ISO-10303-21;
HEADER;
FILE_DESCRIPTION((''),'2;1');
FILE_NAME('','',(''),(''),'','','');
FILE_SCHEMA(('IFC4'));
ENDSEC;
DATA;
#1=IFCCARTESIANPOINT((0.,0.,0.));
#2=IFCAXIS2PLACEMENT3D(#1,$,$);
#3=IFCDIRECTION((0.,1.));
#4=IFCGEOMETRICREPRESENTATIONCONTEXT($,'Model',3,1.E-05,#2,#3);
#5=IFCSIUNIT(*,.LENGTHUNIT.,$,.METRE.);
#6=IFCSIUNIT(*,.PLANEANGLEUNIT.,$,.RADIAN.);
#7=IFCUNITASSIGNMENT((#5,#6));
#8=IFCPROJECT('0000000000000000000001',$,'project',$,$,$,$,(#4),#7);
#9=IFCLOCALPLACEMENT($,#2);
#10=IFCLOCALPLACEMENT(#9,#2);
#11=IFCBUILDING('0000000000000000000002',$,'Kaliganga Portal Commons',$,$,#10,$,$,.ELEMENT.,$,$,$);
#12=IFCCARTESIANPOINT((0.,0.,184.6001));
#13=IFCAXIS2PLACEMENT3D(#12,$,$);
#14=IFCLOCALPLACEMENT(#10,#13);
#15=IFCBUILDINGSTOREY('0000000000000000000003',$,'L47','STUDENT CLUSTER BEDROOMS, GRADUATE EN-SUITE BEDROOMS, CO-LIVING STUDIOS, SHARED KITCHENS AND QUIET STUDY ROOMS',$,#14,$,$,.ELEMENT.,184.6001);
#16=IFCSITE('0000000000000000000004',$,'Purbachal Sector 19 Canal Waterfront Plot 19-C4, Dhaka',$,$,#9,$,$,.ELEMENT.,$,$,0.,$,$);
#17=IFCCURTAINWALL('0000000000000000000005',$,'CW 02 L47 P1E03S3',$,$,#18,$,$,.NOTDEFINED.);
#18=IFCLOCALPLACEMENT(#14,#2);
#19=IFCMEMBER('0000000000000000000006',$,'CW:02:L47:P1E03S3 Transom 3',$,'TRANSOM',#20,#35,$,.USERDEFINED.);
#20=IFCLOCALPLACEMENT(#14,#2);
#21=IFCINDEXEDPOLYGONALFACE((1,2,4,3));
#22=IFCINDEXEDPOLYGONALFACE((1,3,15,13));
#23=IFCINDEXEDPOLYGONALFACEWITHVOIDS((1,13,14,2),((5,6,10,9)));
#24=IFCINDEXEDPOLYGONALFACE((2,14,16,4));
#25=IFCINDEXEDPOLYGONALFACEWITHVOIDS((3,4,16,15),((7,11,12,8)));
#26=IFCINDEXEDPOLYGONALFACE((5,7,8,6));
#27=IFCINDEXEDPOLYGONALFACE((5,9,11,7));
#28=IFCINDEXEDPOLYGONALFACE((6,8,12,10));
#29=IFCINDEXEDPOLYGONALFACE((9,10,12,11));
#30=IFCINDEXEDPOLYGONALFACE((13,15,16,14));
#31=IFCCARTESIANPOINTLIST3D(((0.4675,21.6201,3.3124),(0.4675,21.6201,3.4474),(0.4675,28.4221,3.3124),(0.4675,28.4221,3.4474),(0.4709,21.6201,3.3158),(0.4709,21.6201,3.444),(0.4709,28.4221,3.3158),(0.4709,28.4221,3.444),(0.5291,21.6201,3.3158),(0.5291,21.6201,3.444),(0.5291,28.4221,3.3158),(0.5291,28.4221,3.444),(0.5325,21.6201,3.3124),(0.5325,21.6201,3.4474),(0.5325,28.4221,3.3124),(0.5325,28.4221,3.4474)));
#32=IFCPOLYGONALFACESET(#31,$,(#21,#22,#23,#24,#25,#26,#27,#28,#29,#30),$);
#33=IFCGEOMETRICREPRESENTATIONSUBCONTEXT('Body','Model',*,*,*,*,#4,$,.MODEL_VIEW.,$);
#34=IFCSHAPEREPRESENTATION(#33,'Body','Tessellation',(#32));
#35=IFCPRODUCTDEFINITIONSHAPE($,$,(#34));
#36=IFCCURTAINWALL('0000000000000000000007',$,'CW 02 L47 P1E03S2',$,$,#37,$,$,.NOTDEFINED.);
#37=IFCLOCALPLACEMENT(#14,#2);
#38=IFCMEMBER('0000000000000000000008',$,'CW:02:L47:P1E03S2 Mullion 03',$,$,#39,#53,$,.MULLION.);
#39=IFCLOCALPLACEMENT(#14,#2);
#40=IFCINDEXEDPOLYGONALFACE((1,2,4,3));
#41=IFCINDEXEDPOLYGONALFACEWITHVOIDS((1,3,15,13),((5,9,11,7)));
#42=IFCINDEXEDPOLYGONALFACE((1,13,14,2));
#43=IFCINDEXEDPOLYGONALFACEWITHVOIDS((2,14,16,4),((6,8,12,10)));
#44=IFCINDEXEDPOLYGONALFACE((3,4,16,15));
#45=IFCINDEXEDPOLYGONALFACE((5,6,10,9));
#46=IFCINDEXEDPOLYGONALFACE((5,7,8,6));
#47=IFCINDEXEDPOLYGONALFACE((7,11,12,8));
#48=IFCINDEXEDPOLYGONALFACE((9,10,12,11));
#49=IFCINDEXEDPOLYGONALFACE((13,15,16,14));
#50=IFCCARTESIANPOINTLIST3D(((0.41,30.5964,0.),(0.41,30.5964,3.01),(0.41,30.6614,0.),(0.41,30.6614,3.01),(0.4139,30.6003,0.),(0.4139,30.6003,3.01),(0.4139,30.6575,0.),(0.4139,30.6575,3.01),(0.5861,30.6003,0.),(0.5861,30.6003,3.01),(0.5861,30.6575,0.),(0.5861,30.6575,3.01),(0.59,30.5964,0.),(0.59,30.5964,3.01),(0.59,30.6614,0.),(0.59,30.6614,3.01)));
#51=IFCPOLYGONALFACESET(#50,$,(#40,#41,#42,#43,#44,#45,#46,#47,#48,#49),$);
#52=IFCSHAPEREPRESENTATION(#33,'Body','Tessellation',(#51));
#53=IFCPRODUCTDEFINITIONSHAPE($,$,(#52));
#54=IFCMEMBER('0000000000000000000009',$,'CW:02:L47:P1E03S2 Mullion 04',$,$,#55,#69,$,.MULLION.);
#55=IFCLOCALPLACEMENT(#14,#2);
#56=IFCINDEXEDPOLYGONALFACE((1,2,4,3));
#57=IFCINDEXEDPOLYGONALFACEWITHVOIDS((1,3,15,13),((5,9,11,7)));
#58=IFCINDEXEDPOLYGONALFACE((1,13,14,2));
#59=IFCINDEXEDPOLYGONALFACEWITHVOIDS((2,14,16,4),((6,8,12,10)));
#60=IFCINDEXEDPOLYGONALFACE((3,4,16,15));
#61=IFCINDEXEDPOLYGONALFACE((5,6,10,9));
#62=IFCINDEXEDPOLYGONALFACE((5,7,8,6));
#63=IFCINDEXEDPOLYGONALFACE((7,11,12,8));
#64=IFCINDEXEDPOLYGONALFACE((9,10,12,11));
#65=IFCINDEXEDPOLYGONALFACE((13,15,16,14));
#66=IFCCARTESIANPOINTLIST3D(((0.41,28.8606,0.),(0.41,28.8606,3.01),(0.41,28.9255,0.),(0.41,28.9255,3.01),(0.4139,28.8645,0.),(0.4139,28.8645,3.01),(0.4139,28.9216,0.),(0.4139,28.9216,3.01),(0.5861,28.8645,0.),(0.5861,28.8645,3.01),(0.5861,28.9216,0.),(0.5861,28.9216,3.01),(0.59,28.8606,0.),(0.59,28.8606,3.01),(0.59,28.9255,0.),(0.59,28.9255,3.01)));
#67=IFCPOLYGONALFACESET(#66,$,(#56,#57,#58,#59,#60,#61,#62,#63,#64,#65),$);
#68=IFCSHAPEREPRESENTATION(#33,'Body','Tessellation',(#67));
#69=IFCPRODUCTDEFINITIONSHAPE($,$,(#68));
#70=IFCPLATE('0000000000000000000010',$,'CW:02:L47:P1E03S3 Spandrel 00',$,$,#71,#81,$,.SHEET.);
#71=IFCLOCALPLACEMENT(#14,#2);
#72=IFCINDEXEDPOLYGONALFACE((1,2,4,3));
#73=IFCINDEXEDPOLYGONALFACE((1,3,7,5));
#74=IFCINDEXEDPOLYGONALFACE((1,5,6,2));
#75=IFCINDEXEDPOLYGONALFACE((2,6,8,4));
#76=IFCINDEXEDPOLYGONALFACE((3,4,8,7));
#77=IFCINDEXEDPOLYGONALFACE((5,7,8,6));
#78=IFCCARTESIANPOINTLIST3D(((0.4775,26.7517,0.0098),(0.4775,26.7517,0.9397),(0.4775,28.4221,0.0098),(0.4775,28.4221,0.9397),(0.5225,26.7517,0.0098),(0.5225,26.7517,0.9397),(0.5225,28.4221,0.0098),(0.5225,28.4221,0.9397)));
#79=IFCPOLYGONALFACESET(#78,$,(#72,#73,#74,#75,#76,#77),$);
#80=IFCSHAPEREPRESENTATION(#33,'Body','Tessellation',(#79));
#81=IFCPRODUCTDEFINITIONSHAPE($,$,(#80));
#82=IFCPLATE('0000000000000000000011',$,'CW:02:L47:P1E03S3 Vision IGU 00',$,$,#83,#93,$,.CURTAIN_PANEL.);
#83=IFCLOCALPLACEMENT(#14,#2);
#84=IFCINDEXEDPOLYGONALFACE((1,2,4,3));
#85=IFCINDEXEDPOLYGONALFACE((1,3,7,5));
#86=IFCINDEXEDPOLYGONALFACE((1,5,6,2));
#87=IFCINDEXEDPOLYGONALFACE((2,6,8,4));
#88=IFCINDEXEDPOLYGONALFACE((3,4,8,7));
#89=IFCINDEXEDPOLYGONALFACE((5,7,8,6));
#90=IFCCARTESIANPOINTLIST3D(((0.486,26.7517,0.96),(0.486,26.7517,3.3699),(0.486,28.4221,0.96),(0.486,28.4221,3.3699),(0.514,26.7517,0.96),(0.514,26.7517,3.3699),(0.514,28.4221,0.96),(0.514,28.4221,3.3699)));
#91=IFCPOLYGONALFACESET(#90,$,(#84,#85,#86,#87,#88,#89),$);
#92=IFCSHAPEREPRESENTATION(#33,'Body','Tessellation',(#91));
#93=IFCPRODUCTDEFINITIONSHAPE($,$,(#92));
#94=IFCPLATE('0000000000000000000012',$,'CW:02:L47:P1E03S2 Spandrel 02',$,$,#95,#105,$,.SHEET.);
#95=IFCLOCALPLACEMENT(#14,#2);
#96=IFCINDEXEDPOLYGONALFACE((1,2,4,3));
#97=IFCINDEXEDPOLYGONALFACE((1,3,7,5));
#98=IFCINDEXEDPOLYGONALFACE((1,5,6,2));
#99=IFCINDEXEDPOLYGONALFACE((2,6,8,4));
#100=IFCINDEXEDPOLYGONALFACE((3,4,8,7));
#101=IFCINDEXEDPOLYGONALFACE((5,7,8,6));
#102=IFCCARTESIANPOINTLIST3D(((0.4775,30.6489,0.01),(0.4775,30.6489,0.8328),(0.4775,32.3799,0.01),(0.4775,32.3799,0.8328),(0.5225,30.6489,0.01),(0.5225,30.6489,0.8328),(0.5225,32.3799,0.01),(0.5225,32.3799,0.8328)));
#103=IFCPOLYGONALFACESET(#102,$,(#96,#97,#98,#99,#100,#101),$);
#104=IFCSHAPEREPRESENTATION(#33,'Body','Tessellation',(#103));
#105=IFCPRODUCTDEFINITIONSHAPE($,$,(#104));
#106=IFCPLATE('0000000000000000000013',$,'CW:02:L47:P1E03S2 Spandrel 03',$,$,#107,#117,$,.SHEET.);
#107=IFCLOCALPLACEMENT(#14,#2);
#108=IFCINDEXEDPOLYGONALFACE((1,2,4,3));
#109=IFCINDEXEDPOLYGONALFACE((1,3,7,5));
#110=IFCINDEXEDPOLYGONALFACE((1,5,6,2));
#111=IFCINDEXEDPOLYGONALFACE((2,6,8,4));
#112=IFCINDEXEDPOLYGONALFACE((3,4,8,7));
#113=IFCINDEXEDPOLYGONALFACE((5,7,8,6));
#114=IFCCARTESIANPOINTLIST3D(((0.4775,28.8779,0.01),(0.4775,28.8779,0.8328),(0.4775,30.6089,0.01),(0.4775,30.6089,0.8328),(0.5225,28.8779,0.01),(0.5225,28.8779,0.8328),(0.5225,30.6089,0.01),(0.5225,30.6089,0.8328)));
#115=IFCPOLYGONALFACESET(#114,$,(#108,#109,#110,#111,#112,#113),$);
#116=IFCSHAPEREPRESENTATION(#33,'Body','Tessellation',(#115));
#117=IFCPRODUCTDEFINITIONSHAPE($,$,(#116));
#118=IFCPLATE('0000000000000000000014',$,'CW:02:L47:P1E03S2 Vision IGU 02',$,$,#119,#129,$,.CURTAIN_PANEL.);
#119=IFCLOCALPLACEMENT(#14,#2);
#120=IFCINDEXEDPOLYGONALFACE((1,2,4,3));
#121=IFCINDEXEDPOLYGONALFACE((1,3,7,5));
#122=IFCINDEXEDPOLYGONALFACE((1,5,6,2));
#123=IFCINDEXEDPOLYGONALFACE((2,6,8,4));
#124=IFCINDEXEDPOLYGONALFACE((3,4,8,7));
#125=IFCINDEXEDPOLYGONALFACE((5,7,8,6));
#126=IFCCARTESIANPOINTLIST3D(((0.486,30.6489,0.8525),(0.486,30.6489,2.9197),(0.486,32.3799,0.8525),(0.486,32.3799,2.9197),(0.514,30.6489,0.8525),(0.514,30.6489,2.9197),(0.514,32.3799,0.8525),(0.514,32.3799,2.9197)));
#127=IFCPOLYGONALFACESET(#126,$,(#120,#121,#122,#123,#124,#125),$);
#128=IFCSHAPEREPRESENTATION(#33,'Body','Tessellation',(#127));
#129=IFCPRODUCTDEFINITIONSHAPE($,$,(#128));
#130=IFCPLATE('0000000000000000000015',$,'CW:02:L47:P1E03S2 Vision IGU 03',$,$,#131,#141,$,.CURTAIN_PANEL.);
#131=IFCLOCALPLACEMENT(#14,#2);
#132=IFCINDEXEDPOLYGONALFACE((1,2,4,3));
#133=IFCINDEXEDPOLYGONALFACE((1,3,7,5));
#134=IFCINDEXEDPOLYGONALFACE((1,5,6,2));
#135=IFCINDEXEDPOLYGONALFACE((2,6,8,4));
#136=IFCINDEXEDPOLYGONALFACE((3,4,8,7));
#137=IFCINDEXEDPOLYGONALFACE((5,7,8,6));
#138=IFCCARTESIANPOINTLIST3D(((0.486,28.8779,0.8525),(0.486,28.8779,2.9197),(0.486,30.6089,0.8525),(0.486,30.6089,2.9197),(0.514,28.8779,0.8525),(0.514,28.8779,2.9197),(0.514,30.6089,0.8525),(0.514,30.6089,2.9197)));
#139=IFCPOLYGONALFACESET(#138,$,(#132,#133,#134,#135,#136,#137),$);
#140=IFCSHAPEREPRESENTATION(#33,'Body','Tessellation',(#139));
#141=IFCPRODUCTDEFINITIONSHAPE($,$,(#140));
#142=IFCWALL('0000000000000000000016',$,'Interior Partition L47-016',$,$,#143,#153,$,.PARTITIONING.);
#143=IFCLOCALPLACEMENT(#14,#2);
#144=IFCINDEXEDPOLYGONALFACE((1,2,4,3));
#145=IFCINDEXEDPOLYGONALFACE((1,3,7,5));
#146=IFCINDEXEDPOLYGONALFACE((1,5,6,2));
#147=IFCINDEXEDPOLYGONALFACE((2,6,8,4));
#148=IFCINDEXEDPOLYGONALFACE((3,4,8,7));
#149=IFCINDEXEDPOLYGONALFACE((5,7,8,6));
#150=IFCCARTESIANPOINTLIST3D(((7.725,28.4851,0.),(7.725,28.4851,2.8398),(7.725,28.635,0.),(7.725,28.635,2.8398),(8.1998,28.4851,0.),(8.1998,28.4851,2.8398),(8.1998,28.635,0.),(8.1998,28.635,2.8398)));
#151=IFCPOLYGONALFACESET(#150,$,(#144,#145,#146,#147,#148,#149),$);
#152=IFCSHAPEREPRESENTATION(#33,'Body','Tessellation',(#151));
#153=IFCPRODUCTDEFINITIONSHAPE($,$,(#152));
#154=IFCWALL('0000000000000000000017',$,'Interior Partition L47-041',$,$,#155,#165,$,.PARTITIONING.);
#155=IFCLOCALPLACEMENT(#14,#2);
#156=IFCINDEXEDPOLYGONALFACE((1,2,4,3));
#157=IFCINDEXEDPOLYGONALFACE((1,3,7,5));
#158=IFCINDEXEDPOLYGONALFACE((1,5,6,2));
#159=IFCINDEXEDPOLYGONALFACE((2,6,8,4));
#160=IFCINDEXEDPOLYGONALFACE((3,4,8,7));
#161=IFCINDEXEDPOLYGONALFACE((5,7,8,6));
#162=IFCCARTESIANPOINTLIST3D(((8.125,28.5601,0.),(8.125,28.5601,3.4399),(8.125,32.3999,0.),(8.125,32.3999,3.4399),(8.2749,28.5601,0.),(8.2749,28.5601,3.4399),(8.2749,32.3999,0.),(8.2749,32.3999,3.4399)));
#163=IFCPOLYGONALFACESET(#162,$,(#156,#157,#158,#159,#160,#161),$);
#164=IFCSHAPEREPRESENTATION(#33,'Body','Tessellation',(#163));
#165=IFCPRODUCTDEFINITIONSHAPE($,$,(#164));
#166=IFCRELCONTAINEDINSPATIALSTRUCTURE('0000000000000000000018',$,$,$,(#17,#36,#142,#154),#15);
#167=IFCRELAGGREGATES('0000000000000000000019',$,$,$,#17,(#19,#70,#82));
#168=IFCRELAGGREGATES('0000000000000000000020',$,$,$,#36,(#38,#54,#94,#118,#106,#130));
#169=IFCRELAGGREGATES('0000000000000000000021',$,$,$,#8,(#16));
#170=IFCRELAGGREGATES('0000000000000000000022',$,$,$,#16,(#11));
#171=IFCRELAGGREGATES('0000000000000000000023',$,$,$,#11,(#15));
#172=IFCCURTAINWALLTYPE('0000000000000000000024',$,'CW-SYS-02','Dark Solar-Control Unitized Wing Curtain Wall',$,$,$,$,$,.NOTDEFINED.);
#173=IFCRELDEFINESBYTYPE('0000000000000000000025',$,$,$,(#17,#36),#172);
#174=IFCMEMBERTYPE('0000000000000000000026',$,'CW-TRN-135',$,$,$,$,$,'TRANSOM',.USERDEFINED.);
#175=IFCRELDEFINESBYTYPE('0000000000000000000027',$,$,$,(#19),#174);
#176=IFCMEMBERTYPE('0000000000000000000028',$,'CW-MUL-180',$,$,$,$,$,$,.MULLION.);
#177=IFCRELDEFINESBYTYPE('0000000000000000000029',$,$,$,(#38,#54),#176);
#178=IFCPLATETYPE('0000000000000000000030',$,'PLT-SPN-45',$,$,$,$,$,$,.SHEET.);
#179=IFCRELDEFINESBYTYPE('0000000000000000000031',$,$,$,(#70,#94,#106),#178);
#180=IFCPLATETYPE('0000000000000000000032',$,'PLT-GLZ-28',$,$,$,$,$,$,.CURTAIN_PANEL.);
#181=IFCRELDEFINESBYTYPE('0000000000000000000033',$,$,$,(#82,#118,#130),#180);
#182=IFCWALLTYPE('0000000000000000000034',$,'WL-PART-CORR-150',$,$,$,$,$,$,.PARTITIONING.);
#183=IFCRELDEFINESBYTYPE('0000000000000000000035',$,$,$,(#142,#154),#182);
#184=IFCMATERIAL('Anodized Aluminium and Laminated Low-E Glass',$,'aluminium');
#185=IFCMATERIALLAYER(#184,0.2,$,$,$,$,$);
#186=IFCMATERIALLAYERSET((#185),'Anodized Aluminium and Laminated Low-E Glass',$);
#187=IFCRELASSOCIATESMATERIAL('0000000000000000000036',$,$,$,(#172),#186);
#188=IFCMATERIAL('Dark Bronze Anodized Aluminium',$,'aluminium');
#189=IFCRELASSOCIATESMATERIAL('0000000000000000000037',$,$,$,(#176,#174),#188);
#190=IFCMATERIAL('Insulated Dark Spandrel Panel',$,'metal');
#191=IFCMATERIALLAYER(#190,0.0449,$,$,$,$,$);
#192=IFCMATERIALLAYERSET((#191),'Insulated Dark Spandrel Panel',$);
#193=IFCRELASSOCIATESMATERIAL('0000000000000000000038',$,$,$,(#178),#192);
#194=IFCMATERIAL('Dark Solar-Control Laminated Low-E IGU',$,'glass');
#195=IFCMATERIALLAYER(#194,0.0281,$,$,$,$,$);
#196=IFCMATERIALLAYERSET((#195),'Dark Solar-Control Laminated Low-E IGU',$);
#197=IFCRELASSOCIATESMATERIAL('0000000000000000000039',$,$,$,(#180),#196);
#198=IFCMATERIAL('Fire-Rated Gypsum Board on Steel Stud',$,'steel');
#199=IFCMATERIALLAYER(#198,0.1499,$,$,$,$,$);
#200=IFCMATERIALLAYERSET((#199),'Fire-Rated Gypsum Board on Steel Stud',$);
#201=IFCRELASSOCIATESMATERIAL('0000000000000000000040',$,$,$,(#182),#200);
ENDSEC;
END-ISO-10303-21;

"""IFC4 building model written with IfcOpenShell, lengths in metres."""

from ifc_helpers import new_model, si_unit, direction, frame, frame_2d, origin, origin_2d, place, context, subcontext, project, spatial, rectangle, hollow_rectangle, extrude, source, transform, mapped, material, layer, layer_set, material_profile, profile_set, type_object, element, aggregate, save


model = new_model("IFC4")

# Units and contexts
model_context = context("Model", 3, precision=1e-05, world=origin(), true_north=direction((0.0, 1.0)))
body_context = subcontext(model_context, "Body", "Model", "MODEL_VIEW")
ifc_project = project(units=[si_unit("LENGTHUNIT", "METRE"), si_unit("PLANEANGLEUNIT", "RADIAN")], contexts=[model_context])

# Site, building, storey
site_placement = place(None, origin())
site = spatial("IfcSite", under=ifc_project, at=site_placement, Name="Purbachal Sector 19 Canal Waterfront Plot 19-C4, Dhaka", CompositionType="ELEMENT", RefElevation=0.0)
building_placement = place(site_placement, origin())
building = spatial("IfcBuilding", under=site, at=building_placement, Name="Kaliganga Portal Commons", CompositionType="ELEMENT")
storey_placement = place(building_placement, frame((0.0, 0.0, 184.6001)))
storey = spatial("IfcBuildingStorey", under=building, at=storey_placement, Name="L47", Description="STUDENT CLUSTER BEDROOMS, GRADUATE EN-SUITE BEDROOMS, CO-LIVING STUDIOS, SHARED KITCHENS AND QUIET STUDY ROOMS", CompositionType="ELEMENT", Elevation=184.6001)

# Curtain walls, members
ifc_material_1 = material(Name="Anodized Aluminium and Laminated Low-E Glass", Category="aluminium")
ifc_layer_1 = layer(ifc_material_1, 0.2)
ifc_layer_set_1 = layer_set([ifc_layer_1], Name="Anodized Aluminium and Laminated Low-E Glass")
curtain_wall_type = type_object("IfcCurtainWallType", Name="CW-SYS-02", Description="Dark Solar-Control Unitized Wing Curtain Wall", PredefinedType="NOTDEFINED", material=ifc_layer_set_1)
curtain_wall_1_placement = place(storey_placement, origin())
curtain_wall_1 = element("IfcCurtainWall", 1, at=curtain_wall_1_placement, inside=storey, type_object=curtain_wall_type, Name="CW 02 L47 P1E03S3", PredefinedType="NOTDEFINED")
ifc_material_2 = material(Name="Dark Bronze Anodized Aluminium", Category="aluminium")
ifc_material_profile_1 = material_profile(ifc_material_2, hollow_rectangle(XDim=0.0649, YDim=0.1799, WallThickness=0.0039, at=origin_2d()), Name="ALU MULL 65x180x4")
ifc_profile_set_1 = profile_set([ifc_material_profile_1], Name="Dark Bronze Anodized Aluminium")
member_type_1 = type_object("IfcMemberType", Name="CW-MUL-180", PredefinedType="MULLION", material=ifc_profile_set_1)
ifc_material_profile_2 = material_profile(ifc_material_2, hollow_rectangle(XDim=0.0649, YDim=0.135, WallThickness=0.0034, at=origin_2d()), Name="ALU TRAN 65x135x3.5")
ifc_profile_set_2 = profile_set([ifc_material_profile_2], Name="Dark Bronze Anodized Aluminium")
member_type_2 = type_object("IfcMemberType", Name="CW-TRN-135", ElementType="TRANSOM", PredefinedType="USERDEFINED", material=ifc_profile_set_2)
shared_shape_1 = source(origin(), body_context, "Body", "SweptSolid", [
    extrude(hollow_rectangle(XDim=0.0649, YDim=0.135, WallThickness=0.0034, at=origin_2d()), origin(), (0.0, 0.0, 1.0), 6.802),
])
member_1_placement = place(storey_placement, frame((0.5, 28.4221, 3.3799), z_axis=(0.0, -1.0, 0.0), x_axis=(1.0, 0.0, 0.0)))
member_1 = element("IfcMember", 2, at=member_1_placement, type_object=member_type_2, Name="CW:02:L47:P1E03S3 Transom 3", ObjectType="TRANSOM", PredefinedType="USERDEFINED", context=body_context, shape_type="MappedRepresentation", body=[
    mapped(shared_shape_1, transform((0.0, 0.0, 0.0), x_axis=(1.0, 0.0, 0.0), y_axis=(0.0, 1.0, 0.0), z_axis=(0.0, 0.0, 1.0), scale=1.0)),
])
curtain_wall_2_placement = place(storey_placement, origin())
curtain_wall_2 = element("IfcCurtainWall", 3, at=curtain_wall_2_placement, inside=storey, type_object=curtain_wall_type, Name="CW 02 L47 P1E03S2", PredefinedType="NOTDEFINED")
shared_shape_2 = source(origin(), body_context, "Body", "SweptSolid", [
    extrude(hollow_rectangle(XDim=0.0649, YDim=0.1799, WallThickness=0.0039, at=origin_2d()), origin(), (0.0, 0.0, 1.0), 3.01),
])
member_2_placement = place(storey_placement, frame((0.5, 30.6289, 0.0), z_axis=(0.0, 0.0, 1.0), x_axis=(0.0, -1.0, 0.0)))
member_2 = element("IfcMember", 4, at=member_2_placement, type_object=member_type_1, Name="CW:02:L47:P1E03S2 Mullion 03", PredefinedType="MULLION", context=body_context, shape_type="MappedRepresentation", body=[
    mapped(shared_shape_2, transform((0.0, 0.0, 0.0), x_axis=(1.0, 0.0, 0.0), y_axis=(0.0, 1.0, 0.0), z_axis=(0.0, 0.0, 1.0), scale=1.0)),
])
member_3_placement = place(storey_placement, frame((0.5, 28.8931, 0.0), z_axis=(0.0, 0.0, 1.0), x_axis=(0.0, -1.0, 0.0)))
member_3 = element("IfcMember", 5, at=member_3_placement, type_object=member_type_1, Name="CW:02:L47:P1E03S2 Mullion 04", PredefinedType="MULLION", context=body_context, shape_type="MappedRepresentation", body=[
    mapped(shared_shape_2, transform((0.0, 0.0, 0.0), x_axis=(1.0, 0.0, 0.0), y_axis=(0.0, 1.0, 0.0), z_axis=(0.0, 0.0, 1.0), scale=1.0)),
])

# Plates
ifc_material_3 = material(Name="Insulated Dark Spandrel Panel", Category="metal")
ifc_layer_2 = layer(ifc_material_3, 0.0449)
ifc_layer_set_2 = layer_set([ifc_layer_2], Name="Insulated Dark Spandrel Panel")
plate_type_1 = type_object("IfcPlateType", Name="PLT-SPN-45", PredefinedType="SHEET", material=ifc_layer_set_2)
shared_shape_3 = source(origin(), body_context, "Body", "SweptSolid", [
    extrude(rectangle(XDim=1.6704, YDim=0.0449, at=origin_2d()), origin(), (0.0, 0.0, 1.0), 0.9299),
])
plate_1_placement = place(storey_placement, frame((0.5, 27.5869, 0.0098), z_axis=(0.0, 0.0, 1.0), x_axis=(0.0, -1.0, 0.0)))
plate_1 = element("IfcPlate", 6, at=plate_1_placement, type_object=plate_type_1, Name="CW:02:L47:P1E03S3 Spandrel 00", PredefinedType="SHEET", context=body_context, shape_type="MappedRepresentation", body=[
    mapped(shared_shape_3, transform((0.0, 0.0, 0.0), x_axis=(1.0, 0.0, 0.0), y_axis=(0.0, 1.0, 0.0), z_axis=(0.0, 0.0, 1.0), scale=1.0)),
])
ifc_material_4 = material(Name="Dark Solar-Control Laminated Low-E IGU", Category="glass")
ifc_layer_3 = layer(ifc_material_4, 0.0281)
ifc_layer_set_3 = layer_set([ifc_layer_3], Name="Dark Solar-Control Laminated Low-E IGU")
plate_type_2 = type_object("IfcPlateType", Name="PLT-GLZ-28", PredefinedType="CURTAIN_PANEL", material=ifc_layer_set_3)
shared_shape_4 = source(origin(), body_context, "Body", "SweptSolid", [
    extrude(rectangle(XDim=1.6704, YDim=0.0281, at=origin_2d()), origin(), (0.0, 0.0, 1.0), 2.4099),
])
plate_2_placement = place(storey_placement, frame((0.5, 27.5869, 0.96), z_axis=(0.0, 0.0, 1.0), x_axis=(0.0, -1.0, 0.0)))
plate_2 = element("IfcPlate", 7, at=plate_2_placement, type_object=plate_type_2, Name="CW:02:L47:P1E03S3 Vision IGU 00", PredefinedType="CURTAIN_PANEL", context=body_context, shape_type="MappedRepresentation", body=[
    mapped(shared_shape_4, transform((0.0, 0.0, 0.0), x_axis=(1.0, 0.0, 0.0), y_axis=(0.0, 1.0, 0.0), z_axis=(0.0, 0.0, 1.0), scale=1.0)),
])
aggregate(curtain_wall_1, [member_1, plate_1, plate_2])
shared_shape_5 = source(origin(), body_context, "Body", "SweptSolid", [
    extrude(rectangle(XDim=1.731, YDim=0.0449, at=origin_2d()), origin(), (0.0, 0.0, 1.0), 0.8228),
])
plate_3_placement = place(storey_placement, frame((0.5, 31.5144, 0.01), z_axis=(0.0, 0.0, 1.0), x_axis=(0.0, -1.0, 0.0)))
plate_3 = element("IfcPlate", 8, at=plate_3_placement, type_object=plate_type_1, Name="CW:02:L47:P1E03S2 Spandrel 02", PredefinedType="SHEET", context=body_context, shape_type="MappedRepresentation", body=[
    mapped(shared_shape_5, transform((0.0, 0.0, 0.0), x_axis=(1.0, 0.0, 0.0), y_axis=(0.0, 1.0, 0.0), z_axis=(0.0, 0.0, 1.0), scale=1.0)),
])
plate_4_placement = place(storey_placement, frame((0.5, 29.7434, 0.01), z_axis=(0.0, 0.0, 1.0), x_axis=(0.0, -1.0, 0.0)))
plate_4 = element("IfcPlate", 9, at=plate_4_placement, type_object=plate_type_1, Name="CW:02:L47:P1E03S2 Spandrel 03", PredefinedType="SHEET", context=body_context, shape_type="MappedRepresentation", body=[
    mapped(shared_shape_5, transform((0.0, 0.0, 0.0), x_axis=(1.0, 0.0, 0.0), y_axis=(0.0, 1.0, 0.0), z_axis=(0.0, 0.0, 1.0), scale=1.0)),
])
shared_shape_6 = source(origin(), body_context, "Body", "SweptSolid", [
    extrude(rectangle(XDim=1.731, YDim=0.0281, at=origin_2d()), origin(), (0.0, 0.0, 1.0), 2.0671),
])
plate_5_placement = place(storey_placement, frame((0.5, 31.5144, 0.8525), z_axis=(0.0, 0.0, 1.0), x_axis=(0.0, -1.0, 0.0)))
plate_5 = element("IfcPlate", 10, at=plate_5_placement, type_object=plate_type_2, Name="CW:02:L47:P1E03S2 Vision IGU 02", PredefinedType="CURTAIN_PANEL", context=body_context, shape_type="MappedRepresentation", body=[
    mapped(shared_shape_6, transform((0.0, 0.0, 0.0), x_axis=(1.0, 0.0, 0.0), y_axis=(0.0, 1.0, 0.0), z_axis=(0.0, 0.0, 1.0), scale=1.0)),
])
plate_6_placement = place(storey_placement, frame((0.5, 29.7434, 0.8525), z_axis=(0.0, 0.0, 1.0), x_axis=(0.0, -1.0, 0.0)))
plate_6 = element("IfcPlate", 11, at=plate_6_placement, type_object=plate_type_2, Name="CW:02:L47:P1E03S2 Vision IGU 03", PredefinedType="CURTAIN_PANEL", context=body_context, shape_type="MappedRepresentation", body=[
    mapped(shared_shape_6, transform((0.0, 0.0, 0.0), x_axis=(1.0, 0.0, 0.0), y_axis=(0.0, 1.0, 0.0), z_axis=(0.0, 0.0, 1.0), scale=1.0)),
])
aggregate(curtain_wall_2, [member_2, member_3, plate_3, plate_5, plate_4, plate_6])

# Shared definitions
ifc_material_5 = material(Name="Fire-Rated Gypsum Board on Steel Stud", Category="steel")
ifc_layer_4 = layer(ifc_material_5, 0.1499)
ifc_layer_set_4 = layer_set([ifc_layer_4], Name="Fire-Rated Gypsum Board on Steel Stud")
wall_type = type_object("IfcWallType", Name="WL-PART-CORR-150", PredefinedType="PARTITIONING", material=ifc_layer_set_4)

# Walls
wall_1_placement = place(storey_placement, frame((7.7251, 28.5601, 0.0), z_axis=(0.0, 0.0, 1.0), x_axis=(1.0, 0.0, 0.0)))
element("IfcWall", 12, at=wall_1_placement, inside=storey, type_object=wall_type, Name="Interior Partition L47-016", PredefinedType="PARTITIONING", context=body_context, shape_type="SweptSolid", body=[
    extrude(rectangle(XDim=0.4749, YDim=0.1499, at=frame_2d((0.2373, 0.0))), origin(), (0.0, 0.0, 1.0), 2.8398),
])
wall_2_placement = place(storey_placement, frame((8.2, 28.5601, 0.0), z_axis=(0.0, 0.0, 1.0), x_axis=(0.0, 1.0, 0.0)))
element("IfcWall", 13, at=wall_2_placement, inside=storey, type_object=wall_type, Name="Interior Partition L47-041", PredefinedType="PARTITIONING", context=body_context, shape_type="SweptSolid", body=[
    extrude(rectangle(XDim=3.8398, YDim=0.1499, at=frame_2d((1.9199, 0.0))), origin(), (0.0, 0.0, 1.0), 3.4399),
])

save(model, "model.ifc")
